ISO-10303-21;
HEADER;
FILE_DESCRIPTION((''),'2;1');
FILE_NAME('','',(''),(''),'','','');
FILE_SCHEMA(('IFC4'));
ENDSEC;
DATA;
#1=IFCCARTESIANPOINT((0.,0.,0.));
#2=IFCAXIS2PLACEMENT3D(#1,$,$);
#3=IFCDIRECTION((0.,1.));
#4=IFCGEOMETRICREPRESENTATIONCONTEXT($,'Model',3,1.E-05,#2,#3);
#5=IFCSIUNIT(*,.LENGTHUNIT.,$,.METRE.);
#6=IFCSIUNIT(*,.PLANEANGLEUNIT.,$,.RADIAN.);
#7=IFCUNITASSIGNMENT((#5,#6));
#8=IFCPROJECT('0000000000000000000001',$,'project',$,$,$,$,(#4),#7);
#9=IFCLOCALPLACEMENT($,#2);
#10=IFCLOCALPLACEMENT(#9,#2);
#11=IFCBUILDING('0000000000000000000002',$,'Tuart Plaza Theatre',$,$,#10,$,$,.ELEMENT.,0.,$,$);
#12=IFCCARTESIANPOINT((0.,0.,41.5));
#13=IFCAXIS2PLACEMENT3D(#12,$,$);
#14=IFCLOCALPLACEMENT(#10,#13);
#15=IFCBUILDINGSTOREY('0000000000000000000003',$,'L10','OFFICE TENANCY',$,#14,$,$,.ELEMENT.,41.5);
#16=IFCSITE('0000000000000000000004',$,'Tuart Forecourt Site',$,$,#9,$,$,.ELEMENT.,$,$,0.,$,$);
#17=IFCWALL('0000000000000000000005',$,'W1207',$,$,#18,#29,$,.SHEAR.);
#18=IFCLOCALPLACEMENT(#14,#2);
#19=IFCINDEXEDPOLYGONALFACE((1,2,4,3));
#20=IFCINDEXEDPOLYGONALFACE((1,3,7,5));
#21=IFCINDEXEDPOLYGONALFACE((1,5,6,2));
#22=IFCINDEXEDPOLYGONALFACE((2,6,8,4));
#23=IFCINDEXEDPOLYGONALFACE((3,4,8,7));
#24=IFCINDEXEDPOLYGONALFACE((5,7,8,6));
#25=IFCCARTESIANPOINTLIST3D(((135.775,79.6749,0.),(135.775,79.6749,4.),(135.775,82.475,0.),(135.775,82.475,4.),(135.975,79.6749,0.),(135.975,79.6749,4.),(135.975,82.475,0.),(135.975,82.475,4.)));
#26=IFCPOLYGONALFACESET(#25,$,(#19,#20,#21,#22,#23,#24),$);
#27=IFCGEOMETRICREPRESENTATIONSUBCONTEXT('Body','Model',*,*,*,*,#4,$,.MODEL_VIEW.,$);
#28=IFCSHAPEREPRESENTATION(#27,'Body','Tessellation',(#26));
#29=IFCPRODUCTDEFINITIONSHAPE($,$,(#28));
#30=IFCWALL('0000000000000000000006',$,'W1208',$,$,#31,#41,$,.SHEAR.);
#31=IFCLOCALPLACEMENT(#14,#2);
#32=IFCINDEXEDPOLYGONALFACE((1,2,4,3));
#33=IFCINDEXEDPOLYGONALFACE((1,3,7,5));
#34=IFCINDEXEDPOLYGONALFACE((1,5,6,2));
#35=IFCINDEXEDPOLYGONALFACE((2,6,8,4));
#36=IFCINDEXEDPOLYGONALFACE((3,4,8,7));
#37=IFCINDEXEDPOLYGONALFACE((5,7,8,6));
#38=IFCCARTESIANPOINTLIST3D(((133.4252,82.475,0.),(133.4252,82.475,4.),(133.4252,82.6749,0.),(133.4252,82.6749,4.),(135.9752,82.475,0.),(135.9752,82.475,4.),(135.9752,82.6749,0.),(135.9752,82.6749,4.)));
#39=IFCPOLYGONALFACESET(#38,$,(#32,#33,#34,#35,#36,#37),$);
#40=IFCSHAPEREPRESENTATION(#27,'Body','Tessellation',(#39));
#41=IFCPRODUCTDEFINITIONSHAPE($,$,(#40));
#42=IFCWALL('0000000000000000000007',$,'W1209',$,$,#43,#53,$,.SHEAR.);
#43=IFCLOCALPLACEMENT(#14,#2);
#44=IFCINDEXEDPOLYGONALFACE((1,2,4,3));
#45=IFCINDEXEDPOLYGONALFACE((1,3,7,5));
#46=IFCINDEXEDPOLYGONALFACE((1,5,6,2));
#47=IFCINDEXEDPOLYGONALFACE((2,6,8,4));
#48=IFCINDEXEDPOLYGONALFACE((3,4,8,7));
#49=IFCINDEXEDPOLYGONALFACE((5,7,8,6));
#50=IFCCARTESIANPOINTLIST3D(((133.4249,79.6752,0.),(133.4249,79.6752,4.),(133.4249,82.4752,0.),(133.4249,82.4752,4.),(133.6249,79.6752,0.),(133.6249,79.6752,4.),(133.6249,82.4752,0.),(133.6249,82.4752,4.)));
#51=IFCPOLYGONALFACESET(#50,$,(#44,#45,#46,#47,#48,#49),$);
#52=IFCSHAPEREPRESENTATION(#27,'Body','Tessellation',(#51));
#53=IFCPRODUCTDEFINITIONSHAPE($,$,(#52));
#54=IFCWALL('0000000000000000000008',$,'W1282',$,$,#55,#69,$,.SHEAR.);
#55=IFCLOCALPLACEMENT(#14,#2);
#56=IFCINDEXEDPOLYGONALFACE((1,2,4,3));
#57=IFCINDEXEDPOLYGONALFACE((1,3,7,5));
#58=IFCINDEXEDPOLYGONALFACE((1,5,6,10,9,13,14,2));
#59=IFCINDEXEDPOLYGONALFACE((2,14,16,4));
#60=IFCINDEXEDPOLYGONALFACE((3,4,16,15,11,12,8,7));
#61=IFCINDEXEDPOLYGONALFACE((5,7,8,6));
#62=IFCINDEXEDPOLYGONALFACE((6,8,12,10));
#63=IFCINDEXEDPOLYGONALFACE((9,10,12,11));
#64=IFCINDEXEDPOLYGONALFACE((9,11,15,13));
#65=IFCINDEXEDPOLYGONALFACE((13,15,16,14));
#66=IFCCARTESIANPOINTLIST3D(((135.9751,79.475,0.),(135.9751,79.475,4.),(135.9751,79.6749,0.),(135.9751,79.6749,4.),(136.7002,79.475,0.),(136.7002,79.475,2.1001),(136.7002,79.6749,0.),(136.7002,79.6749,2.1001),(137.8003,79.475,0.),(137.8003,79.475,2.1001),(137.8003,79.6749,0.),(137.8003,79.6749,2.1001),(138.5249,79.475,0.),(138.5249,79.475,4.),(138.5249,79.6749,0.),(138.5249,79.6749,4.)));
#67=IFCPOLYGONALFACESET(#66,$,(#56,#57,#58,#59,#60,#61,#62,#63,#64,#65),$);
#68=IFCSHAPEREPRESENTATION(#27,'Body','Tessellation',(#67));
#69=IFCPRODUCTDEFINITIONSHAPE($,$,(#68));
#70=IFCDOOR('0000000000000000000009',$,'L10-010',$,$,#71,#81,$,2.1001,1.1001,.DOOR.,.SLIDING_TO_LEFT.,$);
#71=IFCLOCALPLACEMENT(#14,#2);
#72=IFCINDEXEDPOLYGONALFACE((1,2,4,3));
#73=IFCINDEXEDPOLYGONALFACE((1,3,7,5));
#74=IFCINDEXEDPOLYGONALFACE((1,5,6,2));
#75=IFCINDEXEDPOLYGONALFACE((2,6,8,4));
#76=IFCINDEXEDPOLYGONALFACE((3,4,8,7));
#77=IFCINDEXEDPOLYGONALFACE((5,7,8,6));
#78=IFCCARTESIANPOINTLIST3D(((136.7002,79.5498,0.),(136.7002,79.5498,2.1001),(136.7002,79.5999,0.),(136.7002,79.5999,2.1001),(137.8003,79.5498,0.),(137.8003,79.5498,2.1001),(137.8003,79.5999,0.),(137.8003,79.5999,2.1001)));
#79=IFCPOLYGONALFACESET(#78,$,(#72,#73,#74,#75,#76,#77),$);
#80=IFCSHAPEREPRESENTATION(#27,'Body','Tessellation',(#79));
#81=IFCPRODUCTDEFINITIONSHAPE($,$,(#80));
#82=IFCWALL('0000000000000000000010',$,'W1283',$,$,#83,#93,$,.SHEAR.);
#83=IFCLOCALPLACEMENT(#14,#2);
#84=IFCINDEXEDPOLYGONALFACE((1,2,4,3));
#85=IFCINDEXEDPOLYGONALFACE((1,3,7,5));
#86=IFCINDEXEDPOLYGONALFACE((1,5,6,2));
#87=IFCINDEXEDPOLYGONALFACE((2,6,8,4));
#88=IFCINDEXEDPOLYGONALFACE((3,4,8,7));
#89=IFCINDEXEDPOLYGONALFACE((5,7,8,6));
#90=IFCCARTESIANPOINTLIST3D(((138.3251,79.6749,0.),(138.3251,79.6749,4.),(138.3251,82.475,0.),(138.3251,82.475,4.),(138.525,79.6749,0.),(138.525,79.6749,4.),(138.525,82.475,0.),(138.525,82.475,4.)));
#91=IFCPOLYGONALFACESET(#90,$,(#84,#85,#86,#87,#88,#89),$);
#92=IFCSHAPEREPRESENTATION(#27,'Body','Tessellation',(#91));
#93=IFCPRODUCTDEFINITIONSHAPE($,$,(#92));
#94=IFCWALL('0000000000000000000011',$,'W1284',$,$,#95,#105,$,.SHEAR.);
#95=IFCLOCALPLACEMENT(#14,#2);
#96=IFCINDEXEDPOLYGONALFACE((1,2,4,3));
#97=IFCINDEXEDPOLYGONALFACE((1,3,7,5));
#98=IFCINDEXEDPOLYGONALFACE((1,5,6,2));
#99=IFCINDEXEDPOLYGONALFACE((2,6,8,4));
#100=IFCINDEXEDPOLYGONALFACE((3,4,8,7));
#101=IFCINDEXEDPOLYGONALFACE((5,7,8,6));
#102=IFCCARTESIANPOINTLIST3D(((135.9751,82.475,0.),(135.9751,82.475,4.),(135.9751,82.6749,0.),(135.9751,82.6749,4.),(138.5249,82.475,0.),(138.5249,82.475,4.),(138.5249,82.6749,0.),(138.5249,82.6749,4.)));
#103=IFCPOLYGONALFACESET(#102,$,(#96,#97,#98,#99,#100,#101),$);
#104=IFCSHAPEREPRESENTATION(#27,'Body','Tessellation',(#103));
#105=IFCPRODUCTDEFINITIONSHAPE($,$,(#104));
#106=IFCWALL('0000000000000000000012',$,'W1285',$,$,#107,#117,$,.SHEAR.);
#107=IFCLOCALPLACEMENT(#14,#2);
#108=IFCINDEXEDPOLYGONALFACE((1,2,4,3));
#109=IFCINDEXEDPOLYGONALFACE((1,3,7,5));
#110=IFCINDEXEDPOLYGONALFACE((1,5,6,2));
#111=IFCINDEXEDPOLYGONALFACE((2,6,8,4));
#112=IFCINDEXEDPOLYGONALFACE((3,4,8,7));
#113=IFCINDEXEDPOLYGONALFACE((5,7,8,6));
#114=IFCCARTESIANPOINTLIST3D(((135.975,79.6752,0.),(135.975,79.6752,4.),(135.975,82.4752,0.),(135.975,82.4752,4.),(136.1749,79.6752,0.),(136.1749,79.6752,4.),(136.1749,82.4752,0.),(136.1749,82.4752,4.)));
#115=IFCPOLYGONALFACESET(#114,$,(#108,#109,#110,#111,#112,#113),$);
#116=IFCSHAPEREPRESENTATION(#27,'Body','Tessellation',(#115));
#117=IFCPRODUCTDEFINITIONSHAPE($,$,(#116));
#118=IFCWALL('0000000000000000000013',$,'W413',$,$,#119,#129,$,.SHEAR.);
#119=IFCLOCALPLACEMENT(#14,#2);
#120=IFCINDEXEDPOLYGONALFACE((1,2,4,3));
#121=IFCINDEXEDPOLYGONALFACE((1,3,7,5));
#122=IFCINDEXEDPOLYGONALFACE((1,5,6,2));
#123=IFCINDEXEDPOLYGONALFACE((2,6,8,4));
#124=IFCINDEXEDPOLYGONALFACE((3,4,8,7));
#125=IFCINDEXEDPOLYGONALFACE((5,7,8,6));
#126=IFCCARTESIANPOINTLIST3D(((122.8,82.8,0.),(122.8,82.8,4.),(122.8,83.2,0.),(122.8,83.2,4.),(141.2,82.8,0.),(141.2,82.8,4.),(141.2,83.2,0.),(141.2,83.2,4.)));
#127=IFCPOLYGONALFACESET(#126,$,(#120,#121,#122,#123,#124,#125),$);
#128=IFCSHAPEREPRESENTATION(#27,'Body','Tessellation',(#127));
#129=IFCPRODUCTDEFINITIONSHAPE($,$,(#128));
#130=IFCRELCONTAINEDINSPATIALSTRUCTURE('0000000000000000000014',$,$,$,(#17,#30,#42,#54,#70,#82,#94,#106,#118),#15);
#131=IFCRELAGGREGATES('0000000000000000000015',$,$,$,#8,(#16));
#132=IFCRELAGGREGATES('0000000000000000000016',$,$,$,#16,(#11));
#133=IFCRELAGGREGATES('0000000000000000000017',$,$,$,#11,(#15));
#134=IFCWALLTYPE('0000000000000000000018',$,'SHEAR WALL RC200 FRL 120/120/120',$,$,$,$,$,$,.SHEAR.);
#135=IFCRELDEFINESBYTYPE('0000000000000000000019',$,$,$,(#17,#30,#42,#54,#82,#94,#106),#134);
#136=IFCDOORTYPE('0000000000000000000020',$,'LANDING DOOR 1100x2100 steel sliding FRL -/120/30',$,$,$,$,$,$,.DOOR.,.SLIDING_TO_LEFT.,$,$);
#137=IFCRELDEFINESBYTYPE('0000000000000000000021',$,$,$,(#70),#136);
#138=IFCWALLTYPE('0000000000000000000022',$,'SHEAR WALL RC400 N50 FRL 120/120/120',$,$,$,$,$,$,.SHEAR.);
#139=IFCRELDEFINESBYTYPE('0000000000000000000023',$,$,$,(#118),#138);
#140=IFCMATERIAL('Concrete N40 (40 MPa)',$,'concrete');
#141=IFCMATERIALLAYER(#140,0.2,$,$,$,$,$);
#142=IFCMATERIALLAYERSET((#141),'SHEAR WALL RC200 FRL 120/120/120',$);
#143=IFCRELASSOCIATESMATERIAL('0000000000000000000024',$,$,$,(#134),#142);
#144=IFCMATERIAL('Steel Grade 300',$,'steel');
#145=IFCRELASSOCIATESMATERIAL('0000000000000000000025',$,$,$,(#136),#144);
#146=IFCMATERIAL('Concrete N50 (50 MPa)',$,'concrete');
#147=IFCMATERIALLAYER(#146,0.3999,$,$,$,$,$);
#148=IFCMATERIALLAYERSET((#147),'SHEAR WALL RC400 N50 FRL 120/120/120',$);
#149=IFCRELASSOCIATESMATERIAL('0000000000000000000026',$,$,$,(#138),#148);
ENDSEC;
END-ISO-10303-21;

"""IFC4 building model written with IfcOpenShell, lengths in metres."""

from ifc_helpers import new_model, si_unit, direction, frame, frame_2d, origin, place, context, subcontext, project, spatial, rectangle, extrude, material, layer, layer_set, type_object, element, fill, save


model = new_model("IFC4")

# Units and contexts
model_context = context("Model", 3, precision=1e-05, world=origin(), true_north=direction((0.0, 1.0)))
body_context = subcontext(model_context, "Body", "Model", "MODEL_VIEW")
ifc_project = project(units=[si_unit("LENGTHUNIT", "METRE"), si_unit("PLANEANGLEUNIT", "RADIAN")], contexts=[model_context])

# Site, building, storey
site_placement = place(None, origin())
site = spatial("IfcSite", under=ifc_project, at=site_placement, Name="Tuart Forecourt Site", CompositionType="ELEMENT", RefElevation=0.0)
building_placement = place(site_placement, origin())
building = spatial("IfcBuilding", under=site, at=building_placement, Name="Tuart Plaza Theatre", CompositionType="ELEMENT", ElevationOfRefHeight=0.0)
storey_placement = place(building_placement, frame((0.0, 0.0, 41.5)))
storey = spatial("IfcBuildingStorey", under=building, at=storey_placement, Name="L10", Description="OFFICE TENANCY", CompositionType="ELEMENT", Elevation=41.5)

# Shared definitions
ifc_material_1 = material(Name="Concrete N40 (40 MPa)", Category="concrete")
ifc_layer_1 = layer(ifc_material_1, 0.2)
ifc_layer_set_1 = layer_set([ifc_layer_1], Name="SHEAR WALL RC200 FRL 120/120/120")
wall_type_1 = type_object("IfcWallType", Name="SHEAR WALL RC200 FRL 120/120/120", PredefinedType="SHEAR", material=ifc_layer_set_1)

# Shared definitions
ifc_material_2 = material(Name="Steel Grade 300", Category="steel")
door_type_1 = type_object("IfcDoorType", Name="LANDING DOOR 1100x2100 steel sliding FRL -/120/30", OperationType="SLIDING_TO_LEFT", PredefinedType="DOOR", material=ifc_material_2)

# Walls
wall_1_placement = place(storey_placement, frame((135.875, 79.675, 0.0), z_axis=(0.0, 0.0, 1.0), x_axis=(0.0, 1.0, 0.0)))
element("IfcWall", 1, at=wall_1_placement, inside=storey, type_object=wall_type_1, Name="W1207", PredefinedType="SHEAR", context=body_context, shape_type="SweptSolid", body=[
    extrude(rectangle(XDim=2.8, YDim=0.2, at=frame_2d((1.3999, 0.0))), origin(), (0.0, 0.0, 1.0), 4.0),
])
wall_2_placement = place(storey_placement, frame((135.9751, 82.575, 0.0), z_axis=(0.0, 0.0, 1.0), x_axis=(-1.0, 0.0, 0.0)))
element("IfcWall", 2, at=wall_2_placement, inside=storey, type_object=wall_type_1, Name="W1208", PredefinedType="SHEAR", context=body_context, shape_type="SweptSolid", body=[
    extrude(rectangle(XDim=2.55, YDim=0.2, at=frame_2d((1.2749, 0.0))), origin(), (0.0, 0.0, 1.0), 4.0),
])
wall_3_placement = place(storey_placement, frame((133.5249, 82.4751, 0.0), z_axis=(0.0, 0.0, 1.0), x_axis=(0.0, -1.0, 0.0)))
element("IfcWall", 3, at=wall_3_placement, inside=storey, type_object=wall_type_1, Name="W1209", PredefinedType="SHEAR", context=body_context, shape_type="SweptSolid", body=[
    extrude(rectangle(XDim=2.8, YDim=0.2, at=frame_2d((1.3999, 0.0))), origin(), (0.0, 0.0, 1.0), 4.0),
])

# Wall, opening, door
wall_4_placement = place(storey_placement, frame((135.9751, 79.575, 0.0), z_axis=(0.0, 0.0, 1.0), x_axis=(1.0, 0.0, 0.0)))
wall_4 = element("IfcWall", 4, at=wall_4_placement, inside=storey, type_object=wall_type_1, Name="W1282", PredefinedType="SHEAR", context=body_context, shape_type="SweptSolid", body=[
    extrude(rectangle(XDim=2.5498, YDim=0.2, at=frame_2d((1.2749, 0.0))), origin(), (0.0, 0.0, 1.0), 4.0),
])
opening_1_placement = place(wall_4_placement, frame((0.7251, 0.0, 0.0)))
opening_1 = element("IfcOpeningElement", 5, at=opening_1_placement, cuts=wall_4, PredefinedType="OPENING", context=body_context, shape_type="SweptSolid", body=[
    extrude(rectangle(XDim=1.1001, YDim=2.1001, at=frame_2d((0.55, 1.05))), frame((0.0, 0.1099, 0.0), z_axis=(0.0, -1.0, 0.0), x_axis=(1.0, 0.0, 0.0)), (0.0, 0.0, 1.0), 0.22),
])
door_1_placement = place(opening_1_placement, origin())
door_1 = element("IfcDoor", 6, at=door_1_placement, inside=storey, type_object=door_type_1, Name="L10-010", OperationType="SLIDING_TO_LEFT", OverallHeight=2.1001, OverallWidth=1.1001, PredefinedType="DOOR", context=body_context, shape_type="SweptSolid", body=[
    extrude(rectangle(XDim=1.1001, YDim=2.1001, at=frame_2d((0.55, 1.05))), frame((0.0, 0.0249, 0.0), z_axis=(0.0, -1.0, 0.0), x_axis=(1.0, 0.0, 0.0)), (0.0, 0.0, 1.0), 0.05),
])
fill(opening_1, door_1)

# Walls
wall_5_placement = place(storey_placement, frame((138.425, 79.675, 0.0), z_axis=(0.0, 0.0, 1.0), x_axis=(0.0, 1.0, 0.0)))
element("IfcWall", 7, at=wall_5_placement, inside=storey, type_object=wall_type_1, Name="W1283", PredefinedType="SHEAR", context=body_context, shape_type="SweptSolid", body=[
    extrude(rectangle(XDim=2.8, YDim=0.2, at=frame_2d((1.3999, 0.0))), origin(), (0.0, 0.0, 1.0), 4.0),
])
wall_6_placement = place(storey_placement, frame((138.5249, 82.575, 0.0), z_axis=(0.0, 0.0, 1.0), x_axis=(-1.0, 0.0, 0.0)))
element("IfcWall", 8, at=wall_6_placement, inside=storey, type_object=wall_type_1, Name="W1284", PredefinedType="SHEAR", context=body_context, shape_type="SweptSolid", body=[
    extrude(rectangle(XDim=2.5498, YDim=0.2, at=frame_2d((1.2749, 0.0))), origin(), (0.0, 0.0, 1.0), 4.0),
])
wall_7_placement = place(storey_placement, frame((136.075, 82.4751, 0.0), z_axis=(0.0, 0.0, 1.0), x_axis=(0.0, -1.0, 0.0)))
element("IfcWall", 9, at=wall_7_placement, inside=storey, type_object=wall_type_1, Name="W1285", PredefinedType="SHEAR", context=body_context, shape_type="SweptSolid", body=[
    extrude(rectangle(XDim=2.8, YDim=0.2, at=frame_2d((1.3999, 0.0))), origin(), (0.0, 0.0, 1.0), 4.0),
])
ifc_material_3 = material(Name="Concrete N50 (50 MPa)", Category="concrete")
ifc_layer_2 = layer(ifc_material_3, 0.3999)
ifc_layer_set_2 = layer_set([ifc_layer_2], Name="SHEAR WALL RC400 N50 FRL 120/120/120")
wall_type_2 = type_object("IfcWallType", Name="SHEAR WALL RC400 N50 FRL 120/120/120", PredefinedType="SHEAR", material=ifc_layer_set_2)
wall_8_placement = place(storey_placement, frame((141.2, 83.0, 0.0), z_axis=(0.0, 0.0, 1.0), x_axis=(-1.0, 0.0, 0.0)))
element("IfcWall", 10, at=wall_8_placement, inside=storey, type_object=wall_type_2, Name="W413", PredefinedType="SHEAR", context=body_context, shape_type="SweptSolid", body=[
    extrude(rectangle(XDim=18.3999, YDim=0.3999, at=frame_2d((9.2, 0.0))), origin(), (0.0, 0.0, 1.0), 4.0),
])

save(model, "model.ifc")
